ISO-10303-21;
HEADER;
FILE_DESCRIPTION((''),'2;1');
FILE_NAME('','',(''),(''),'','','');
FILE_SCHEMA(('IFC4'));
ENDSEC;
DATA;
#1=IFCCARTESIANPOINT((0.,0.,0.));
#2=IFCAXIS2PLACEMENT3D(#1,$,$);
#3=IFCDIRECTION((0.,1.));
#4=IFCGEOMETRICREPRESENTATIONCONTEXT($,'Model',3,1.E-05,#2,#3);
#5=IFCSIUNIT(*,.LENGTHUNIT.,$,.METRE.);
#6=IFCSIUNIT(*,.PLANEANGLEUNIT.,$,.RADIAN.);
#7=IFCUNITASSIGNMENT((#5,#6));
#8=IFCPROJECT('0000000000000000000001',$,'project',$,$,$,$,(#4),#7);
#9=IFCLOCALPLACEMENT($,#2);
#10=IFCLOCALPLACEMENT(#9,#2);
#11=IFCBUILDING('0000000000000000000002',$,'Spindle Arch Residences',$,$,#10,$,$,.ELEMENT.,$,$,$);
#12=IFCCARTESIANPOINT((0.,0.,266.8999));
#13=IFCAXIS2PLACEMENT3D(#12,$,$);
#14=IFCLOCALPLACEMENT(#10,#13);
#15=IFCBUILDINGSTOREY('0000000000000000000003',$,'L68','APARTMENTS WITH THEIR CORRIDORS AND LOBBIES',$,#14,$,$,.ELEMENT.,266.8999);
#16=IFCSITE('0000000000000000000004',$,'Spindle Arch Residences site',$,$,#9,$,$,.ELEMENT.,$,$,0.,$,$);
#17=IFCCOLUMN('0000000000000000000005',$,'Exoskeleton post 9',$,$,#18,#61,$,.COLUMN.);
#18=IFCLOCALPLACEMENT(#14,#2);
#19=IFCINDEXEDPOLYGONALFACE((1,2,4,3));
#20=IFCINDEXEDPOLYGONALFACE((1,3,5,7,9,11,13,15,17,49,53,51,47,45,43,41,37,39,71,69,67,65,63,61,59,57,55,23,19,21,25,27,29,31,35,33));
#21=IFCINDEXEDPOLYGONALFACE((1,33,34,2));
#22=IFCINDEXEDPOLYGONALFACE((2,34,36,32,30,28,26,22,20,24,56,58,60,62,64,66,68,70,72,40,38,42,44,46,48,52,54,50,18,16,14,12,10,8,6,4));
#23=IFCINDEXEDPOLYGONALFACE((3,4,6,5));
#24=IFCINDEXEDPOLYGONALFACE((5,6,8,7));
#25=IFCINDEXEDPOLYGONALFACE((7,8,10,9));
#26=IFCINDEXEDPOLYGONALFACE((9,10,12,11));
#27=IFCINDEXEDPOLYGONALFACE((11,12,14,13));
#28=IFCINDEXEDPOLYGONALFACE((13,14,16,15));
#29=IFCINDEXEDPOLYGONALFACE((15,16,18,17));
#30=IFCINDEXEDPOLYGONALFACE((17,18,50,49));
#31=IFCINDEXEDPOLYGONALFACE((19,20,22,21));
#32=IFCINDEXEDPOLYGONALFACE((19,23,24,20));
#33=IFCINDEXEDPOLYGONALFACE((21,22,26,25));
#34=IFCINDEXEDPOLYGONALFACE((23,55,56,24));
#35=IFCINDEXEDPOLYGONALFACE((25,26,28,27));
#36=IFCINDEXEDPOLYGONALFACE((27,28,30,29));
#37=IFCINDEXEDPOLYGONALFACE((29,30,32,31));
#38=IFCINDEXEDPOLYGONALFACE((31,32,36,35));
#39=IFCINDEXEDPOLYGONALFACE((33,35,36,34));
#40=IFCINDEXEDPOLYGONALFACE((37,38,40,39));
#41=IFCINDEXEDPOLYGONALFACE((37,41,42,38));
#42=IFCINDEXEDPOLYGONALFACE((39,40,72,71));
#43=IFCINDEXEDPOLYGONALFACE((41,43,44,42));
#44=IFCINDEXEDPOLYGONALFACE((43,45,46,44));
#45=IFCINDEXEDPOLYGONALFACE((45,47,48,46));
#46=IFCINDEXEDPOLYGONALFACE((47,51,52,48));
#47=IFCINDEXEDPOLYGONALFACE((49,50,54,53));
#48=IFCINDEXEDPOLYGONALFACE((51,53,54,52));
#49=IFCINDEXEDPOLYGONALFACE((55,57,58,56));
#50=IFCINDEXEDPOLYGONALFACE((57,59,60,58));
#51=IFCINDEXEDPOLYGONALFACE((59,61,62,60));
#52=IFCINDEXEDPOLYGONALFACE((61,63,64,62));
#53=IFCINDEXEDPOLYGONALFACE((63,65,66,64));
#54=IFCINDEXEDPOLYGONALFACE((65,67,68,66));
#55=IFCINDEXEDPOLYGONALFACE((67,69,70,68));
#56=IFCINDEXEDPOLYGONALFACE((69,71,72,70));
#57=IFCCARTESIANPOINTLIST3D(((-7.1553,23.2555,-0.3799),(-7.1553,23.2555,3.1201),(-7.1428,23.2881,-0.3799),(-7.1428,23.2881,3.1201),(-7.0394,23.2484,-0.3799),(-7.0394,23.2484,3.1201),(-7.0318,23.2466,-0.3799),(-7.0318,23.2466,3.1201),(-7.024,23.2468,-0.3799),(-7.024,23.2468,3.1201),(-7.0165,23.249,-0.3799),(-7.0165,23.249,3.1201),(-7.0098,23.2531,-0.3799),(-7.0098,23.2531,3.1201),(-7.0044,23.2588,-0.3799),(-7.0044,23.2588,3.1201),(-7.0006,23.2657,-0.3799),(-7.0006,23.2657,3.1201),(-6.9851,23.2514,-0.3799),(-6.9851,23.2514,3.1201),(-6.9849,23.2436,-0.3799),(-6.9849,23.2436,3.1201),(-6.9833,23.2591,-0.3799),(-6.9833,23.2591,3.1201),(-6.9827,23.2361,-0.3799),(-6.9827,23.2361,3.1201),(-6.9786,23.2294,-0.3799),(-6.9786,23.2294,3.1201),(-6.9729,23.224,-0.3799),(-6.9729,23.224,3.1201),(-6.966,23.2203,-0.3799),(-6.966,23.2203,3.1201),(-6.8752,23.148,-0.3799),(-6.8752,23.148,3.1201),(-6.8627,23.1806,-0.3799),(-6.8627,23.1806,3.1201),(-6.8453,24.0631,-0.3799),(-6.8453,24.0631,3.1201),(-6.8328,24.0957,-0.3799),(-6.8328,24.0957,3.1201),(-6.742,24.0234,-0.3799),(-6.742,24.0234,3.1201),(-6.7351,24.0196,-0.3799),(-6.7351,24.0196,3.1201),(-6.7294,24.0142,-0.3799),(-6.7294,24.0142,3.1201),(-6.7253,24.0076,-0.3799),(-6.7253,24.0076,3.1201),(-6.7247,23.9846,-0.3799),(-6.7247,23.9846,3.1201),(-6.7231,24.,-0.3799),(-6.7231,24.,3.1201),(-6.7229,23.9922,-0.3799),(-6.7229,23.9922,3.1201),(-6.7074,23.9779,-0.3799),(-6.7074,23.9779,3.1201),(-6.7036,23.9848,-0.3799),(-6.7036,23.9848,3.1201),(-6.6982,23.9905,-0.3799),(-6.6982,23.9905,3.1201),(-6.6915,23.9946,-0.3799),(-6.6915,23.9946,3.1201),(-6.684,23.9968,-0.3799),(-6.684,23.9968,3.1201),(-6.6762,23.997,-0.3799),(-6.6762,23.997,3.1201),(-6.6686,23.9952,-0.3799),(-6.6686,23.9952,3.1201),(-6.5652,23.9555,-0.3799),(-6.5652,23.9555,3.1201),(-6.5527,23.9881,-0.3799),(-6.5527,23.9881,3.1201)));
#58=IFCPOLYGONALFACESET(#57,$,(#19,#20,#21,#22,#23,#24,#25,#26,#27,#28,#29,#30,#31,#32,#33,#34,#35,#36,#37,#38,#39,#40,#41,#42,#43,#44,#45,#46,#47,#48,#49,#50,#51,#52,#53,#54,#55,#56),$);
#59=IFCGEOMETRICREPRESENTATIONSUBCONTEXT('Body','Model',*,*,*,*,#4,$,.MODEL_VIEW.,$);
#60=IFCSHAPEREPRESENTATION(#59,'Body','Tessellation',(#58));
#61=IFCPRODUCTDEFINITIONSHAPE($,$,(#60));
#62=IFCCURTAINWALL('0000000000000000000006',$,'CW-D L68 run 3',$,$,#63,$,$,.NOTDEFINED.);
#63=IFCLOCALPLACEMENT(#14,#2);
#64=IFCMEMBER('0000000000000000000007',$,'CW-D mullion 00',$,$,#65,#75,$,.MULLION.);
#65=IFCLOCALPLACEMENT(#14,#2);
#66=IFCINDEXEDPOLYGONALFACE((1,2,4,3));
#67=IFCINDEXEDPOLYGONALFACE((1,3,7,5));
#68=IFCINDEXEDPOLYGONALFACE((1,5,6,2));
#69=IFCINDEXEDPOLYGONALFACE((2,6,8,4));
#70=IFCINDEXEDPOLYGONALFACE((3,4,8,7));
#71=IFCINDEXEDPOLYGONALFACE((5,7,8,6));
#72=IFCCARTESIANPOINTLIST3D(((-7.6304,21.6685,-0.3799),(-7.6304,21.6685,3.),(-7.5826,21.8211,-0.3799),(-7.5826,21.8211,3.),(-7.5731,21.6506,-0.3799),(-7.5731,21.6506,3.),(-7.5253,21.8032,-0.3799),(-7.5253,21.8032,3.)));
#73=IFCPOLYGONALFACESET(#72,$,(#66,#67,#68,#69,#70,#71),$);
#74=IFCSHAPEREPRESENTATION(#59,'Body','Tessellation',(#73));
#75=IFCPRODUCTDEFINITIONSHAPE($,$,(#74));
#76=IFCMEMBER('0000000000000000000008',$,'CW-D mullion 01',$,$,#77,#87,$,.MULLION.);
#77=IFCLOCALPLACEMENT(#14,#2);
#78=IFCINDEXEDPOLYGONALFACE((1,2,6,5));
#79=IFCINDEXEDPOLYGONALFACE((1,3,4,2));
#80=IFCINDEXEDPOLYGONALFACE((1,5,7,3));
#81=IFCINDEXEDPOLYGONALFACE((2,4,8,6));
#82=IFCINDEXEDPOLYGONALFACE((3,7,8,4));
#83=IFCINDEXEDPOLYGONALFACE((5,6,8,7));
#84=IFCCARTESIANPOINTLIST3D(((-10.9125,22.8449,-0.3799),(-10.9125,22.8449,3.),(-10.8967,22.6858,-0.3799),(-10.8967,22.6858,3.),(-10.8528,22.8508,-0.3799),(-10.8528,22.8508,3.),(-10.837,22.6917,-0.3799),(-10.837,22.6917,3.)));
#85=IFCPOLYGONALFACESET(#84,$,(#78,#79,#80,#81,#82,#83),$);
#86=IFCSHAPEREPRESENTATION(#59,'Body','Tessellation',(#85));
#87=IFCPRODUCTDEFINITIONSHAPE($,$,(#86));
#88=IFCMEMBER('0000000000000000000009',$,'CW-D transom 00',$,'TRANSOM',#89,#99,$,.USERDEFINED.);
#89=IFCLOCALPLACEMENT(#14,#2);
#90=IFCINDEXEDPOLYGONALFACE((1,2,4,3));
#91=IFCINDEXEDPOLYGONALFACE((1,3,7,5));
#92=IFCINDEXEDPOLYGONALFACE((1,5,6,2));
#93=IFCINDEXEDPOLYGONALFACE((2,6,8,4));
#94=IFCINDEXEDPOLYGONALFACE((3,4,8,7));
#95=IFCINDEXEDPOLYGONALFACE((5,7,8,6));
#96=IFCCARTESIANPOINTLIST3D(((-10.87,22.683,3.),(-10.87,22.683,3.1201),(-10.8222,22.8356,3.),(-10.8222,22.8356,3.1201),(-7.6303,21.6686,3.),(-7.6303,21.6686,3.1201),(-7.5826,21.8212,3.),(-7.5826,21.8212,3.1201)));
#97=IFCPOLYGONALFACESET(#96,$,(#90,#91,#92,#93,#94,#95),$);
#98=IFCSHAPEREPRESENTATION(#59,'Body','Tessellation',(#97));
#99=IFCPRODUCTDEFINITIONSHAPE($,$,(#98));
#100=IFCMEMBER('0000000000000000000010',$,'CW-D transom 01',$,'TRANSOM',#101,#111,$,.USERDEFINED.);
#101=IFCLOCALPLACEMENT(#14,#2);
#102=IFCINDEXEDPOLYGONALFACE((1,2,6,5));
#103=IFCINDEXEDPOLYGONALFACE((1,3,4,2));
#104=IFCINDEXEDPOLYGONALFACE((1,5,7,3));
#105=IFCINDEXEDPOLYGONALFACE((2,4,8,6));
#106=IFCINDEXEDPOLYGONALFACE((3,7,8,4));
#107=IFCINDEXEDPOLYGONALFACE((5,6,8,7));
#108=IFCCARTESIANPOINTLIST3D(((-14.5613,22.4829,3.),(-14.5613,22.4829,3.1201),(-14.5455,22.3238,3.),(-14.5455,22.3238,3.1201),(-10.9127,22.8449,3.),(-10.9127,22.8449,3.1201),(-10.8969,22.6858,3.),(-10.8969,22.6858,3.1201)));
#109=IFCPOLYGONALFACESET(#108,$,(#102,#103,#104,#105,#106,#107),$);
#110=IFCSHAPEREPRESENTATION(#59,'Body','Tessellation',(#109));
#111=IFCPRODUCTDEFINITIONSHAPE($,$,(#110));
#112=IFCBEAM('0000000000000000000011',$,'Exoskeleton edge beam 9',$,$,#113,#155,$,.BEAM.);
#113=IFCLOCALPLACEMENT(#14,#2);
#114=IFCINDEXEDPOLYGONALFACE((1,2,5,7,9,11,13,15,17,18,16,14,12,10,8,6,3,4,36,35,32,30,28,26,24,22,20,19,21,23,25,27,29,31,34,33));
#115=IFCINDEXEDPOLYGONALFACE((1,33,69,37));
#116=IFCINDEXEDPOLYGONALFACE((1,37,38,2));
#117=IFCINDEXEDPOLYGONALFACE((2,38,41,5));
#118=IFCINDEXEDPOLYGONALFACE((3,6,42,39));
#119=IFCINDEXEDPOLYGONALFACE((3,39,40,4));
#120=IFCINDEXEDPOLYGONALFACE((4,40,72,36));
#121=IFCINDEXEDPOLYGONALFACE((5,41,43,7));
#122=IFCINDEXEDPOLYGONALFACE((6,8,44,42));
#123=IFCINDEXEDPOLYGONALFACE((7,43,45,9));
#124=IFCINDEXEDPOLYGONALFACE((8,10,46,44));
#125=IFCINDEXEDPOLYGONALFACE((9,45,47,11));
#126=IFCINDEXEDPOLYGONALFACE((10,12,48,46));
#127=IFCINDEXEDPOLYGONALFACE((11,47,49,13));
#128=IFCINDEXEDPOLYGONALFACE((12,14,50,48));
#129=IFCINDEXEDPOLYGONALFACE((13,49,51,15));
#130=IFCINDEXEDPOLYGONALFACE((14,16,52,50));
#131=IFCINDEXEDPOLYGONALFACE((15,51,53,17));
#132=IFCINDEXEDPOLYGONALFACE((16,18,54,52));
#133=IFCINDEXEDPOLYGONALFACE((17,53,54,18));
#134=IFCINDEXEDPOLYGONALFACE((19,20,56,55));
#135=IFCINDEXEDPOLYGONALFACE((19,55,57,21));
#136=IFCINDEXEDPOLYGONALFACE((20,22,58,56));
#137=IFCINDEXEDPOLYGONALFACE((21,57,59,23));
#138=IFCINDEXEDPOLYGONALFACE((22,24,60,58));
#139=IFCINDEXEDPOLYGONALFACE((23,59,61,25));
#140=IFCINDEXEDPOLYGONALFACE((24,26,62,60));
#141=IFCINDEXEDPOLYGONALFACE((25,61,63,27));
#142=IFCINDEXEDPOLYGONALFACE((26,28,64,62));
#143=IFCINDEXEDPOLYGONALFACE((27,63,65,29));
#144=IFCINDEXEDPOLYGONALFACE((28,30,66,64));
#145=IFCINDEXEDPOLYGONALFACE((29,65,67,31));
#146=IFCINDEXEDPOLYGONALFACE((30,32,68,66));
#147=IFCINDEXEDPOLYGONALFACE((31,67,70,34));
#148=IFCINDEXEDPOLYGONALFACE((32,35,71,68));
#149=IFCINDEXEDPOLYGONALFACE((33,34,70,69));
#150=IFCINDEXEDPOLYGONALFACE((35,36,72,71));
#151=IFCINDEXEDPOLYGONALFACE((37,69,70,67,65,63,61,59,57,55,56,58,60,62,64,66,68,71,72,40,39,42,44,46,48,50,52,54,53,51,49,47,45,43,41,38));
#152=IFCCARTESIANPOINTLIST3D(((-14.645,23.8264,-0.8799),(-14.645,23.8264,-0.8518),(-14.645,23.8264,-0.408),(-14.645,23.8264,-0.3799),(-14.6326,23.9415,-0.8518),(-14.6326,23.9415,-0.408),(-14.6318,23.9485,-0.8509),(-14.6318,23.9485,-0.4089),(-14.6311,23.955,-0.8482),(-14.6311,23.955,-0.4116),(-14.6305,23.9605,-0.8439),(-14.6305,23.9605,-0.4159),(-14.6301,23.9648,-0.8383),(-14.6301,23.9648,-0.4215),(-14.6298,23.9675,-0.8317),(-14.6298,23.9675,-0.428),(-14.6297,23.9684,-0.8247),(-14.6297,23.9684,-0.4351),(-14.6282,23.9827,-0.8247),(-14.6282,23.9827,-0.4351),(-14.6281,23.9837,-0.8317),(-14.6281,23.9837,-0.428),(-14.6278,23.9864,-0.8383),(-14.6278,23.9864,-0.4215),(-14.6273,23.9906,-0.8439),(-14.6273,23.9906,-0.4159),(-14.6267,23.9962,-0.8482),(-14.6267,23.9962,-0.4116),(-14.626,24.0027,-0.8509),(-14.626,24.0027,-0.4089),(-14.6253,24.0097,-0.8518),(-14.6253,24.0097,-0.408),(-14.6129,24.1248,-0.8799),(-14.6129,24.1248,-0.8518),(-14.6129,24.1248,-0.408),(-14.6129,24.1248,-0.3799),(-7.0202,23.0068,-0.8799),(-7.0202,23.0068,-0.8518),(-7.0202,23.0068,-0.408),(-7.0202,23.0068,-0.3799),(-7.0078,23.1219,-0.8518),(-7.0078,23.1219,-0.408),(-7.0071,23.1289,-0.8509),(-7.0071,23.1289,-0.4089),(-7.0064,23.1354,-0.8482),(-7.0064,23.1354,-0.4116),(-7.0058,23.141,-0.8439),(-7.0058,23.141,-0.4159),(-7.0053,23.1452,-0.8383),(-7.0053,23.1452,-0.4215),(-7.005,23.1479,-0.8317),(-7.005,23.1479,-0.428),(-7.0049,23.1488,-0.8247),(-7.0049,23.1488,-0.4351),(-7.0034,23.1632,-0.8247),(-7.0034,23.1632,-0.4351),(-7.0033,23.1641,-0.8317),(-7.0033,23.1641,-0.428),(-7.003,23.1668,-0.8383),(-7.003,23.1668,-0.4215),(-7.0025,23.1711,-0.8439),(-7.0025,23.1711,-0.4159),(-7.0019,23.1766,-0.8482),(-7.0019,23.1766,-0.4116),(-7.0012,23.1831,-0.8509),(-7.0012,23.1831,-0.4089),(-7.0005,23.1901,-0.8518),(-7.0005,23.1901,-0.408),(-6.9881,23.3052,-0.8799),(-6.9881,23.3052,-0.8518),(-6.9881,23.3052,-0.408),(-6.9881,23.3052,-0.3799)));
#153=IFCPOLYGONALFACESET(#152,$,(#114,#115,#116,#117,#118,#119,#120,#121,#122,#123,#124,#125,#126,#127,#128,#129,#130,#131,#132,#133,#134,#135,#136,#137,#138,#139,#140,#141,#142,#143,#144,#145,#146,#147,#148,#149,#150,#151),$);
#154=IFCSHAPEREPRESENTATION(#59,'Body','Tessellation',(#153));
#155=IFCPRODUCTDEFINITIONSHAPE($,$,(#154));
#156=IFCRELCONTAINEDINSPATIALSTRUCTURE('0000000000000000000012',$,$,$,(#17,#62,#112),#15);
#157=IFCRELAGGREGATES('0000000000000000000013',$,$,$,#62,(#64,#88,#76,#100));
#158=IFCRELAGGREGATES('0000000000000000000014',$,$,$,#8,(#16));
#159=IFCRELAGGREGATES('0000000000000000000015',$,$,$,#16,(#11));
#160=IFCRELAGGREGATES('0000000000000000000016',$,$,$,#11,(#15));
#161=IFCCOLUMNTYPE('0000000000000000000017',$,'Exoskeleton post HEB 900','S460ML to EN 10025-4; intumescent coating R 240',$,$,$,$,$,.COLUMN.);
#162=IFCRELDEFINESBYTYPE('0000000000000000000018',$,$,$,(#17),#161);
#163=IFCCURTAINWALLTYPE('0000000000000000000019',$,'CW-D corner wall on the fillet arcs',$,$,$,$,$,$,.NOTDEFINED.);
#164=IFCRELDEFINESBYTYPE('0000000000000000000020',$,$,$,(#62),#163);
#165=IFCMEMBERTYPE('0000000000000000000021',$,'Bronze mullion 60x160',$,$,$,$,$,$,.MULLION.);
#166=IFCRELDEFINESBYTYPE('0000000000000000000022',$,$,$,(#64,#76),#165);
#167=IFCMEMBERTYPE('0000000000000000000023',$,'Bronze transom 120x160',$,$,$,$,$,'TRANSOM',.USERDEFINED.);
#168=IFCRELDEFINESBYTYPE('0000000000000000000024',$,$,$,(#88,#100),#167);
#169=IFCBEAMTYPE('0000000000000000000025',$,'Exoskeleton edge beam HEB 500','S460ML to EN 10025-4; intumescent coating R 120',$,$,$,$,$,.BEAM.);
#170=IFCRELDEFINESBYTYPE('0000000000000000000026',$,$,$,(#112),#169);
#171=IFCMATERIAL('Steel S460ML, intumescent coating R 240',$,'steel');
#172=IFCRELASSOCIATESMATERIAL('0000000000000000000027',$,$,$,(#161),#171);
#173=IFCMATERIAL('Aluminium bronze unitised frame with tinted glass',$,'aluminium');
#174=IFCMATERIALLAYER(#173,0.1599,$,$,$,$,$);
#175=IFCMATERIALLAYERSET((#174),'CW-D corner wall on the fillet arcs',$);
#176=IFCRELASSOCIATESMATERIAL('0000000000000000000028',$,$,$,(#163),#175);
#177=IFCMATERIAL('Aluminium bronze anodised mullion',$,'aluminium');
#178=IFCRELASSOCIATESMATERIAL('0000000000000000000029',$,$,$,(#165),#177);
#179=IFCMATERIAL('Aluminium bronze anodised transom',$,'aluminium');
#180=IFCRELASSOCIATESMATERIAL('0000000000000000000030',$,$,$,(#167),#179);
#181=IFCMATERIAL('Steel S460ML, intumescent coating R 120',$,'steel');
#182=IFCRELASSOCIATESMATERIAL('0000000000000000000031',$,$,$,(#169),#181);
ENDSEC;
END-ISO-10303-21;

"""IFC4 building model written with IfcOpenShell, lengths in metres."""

from ifc_helpers import new_model, si_unit, direction, frame, origin, origin_2d, place, context, subcontext, project, spatial, rectangle, i_section, extrude, material, layer, layer_set, material_profile, profile_set, type_object, element, aggregate, save


model = new_model("IFC4")

# Units and contexts
model_context = context("Model", 3, precision=1e-05, world=origin(), true_north=direction((0.0, 1.0)))
body_context = subcontext(model_context, "Body", "Model", "MODEL_VIEW")
ifc_project = project(units=[si_unit("LENGTHUNIT", "METRE"), si_unit("PLANEANGLEUNIT", "RADIAN")], contexts=[model_context])

# Site, building, storey
site_placement = place(None, origin())
site = spatial("IfcSite", under=ifc_project, at=site_placement, Name="Spindle Arch Residences site", CompositionType="ELEMENT", RefElevation=0.0)
building_placement = place(site_placement, origin())
building = spatial("IfcBuilding", under=site, at=building_placement, Name="Spindle Arch Residences", CompositionType="ELEMENT")
storey_placement = place(building_placement, frame((0.0, 0.0, 266.8999)))
storey = spatial("IfcBuildingStorey", under=building, at=storey_placement, Name="L68", Description="APARTMENTS WITH THEIR CORRIDORS AND LOBBIES", CompositionType="ELEMENT", Elevation=266.8999)

# Column
ifc_material_1 = material(Name="Steel S460ML, intumescent coating R 240", Category="steel")
ifc_material_profile_1 = material_profile(ifc_material_1, i_section(OverallWidth=0.3, OverallDepth=0.8999, WebThickness=0.0186, FlangeThickness=0.0349, FilletRadius=0.03, at=origin_2d()), Name="HEB 900")
ifc_profile_set_1 = profile_set([ifc_material_profile_1], Name="Steel S460ML, intumescent coating R 240")
column_type = type_object("IfcColumnType", Name="Exoskeleton post HEB 900", Description="S460ML to EN 10025-4; intumescent coating R 240", PredefinedType="COLUMN", material=ifc_profile_set_1)
column_placement = place(storey_placement, frame((-6.854, 23.6218, -0.3799), z_axis=(0.0, 0.0, 1.0), x_axis=(0.93358, -0.358368, 0.0)))
element("IfcColumn", 1, at=column_placement, inside=storey, type_object=column_type, Name="Exoskeleton post 9", PredefinedType="COLUMN", context=body_context, shape_type="SweptSolid", body=[
    extrude(i_section(OverallWidth=0.3, OverallDepth=0.8999, WebThickness=0.0186, FlangeThickness=0.0349, FilletRadius=0.03, at=origin_2d()), origin(), (0.0, 0.0, 1.0), 3.5),
])

# Curtain wall, members
ifc_material_2 = material(Name="Aluminium bronze unitised frame with tinted glass", Category="aluminium")
ifc_layer_1 = layer(ifc_material_2, 0.1599)
ifc_layer_set_1 = layer_set([ifc_layer_1], Name="CW-D corner wall on the fillet arcs")
curtain_wall_type_1 = type_object("IfcCurtainWallType", Name="CW-D corner wall on the fillet arcs", PredefinedType="NOTDEFINED", material=ifc_layer_set_1)
curtain_wall_1_placement = place(storey_placement, origin())
curtain_wall_1 = element("IfcCurtainWall", 2, at=curtain_wall_1_placement, inside=storey, type_object=curtain_wall_type_1, Name="CW-D L68 run 3", PredefinedType="NOTDEFINED")
ifc_material_3 = material(Name="Aluminium bronze anodised mullion", Category="aluminium")
ifc_material_profile_2 = material_profile(ifc_material_3, rectangle(XDim=0.1599, YDim=0.0601, at=origin_2d()), Name="MU 60x160")
ifc_profile_set_2 = profile_set([ifc_material_profile_2], Name="Aluminium bronze anodised mullion")
member_type_1 = type_object("IfcMemberType", Name="Bronze mullion 60x160", PredefinedType="MULLION", material=ifc_profile_set_2)
member_1_placement = place(storey_placement, frame((-7.5779, 21.7358, -0.3799), z_axis=(0.0, 0.0, 1.0), x_axis=(-0.298803, -0.954315, 0.0)))
member_1 = element("IfcMember", 3, at=member_1_placement, type_object=member_type_1, Name="CW-D mullion 00", PredefinedType="MULLION", context=body_context, shape_type="SweptSolid", body=[
    extrude(rectangle(XDim=0.1599, YDim=0.0601, at=origin_2d()), origin(), (0.0, 0.0, 1.0), 3.3799),
])
member_2_placement = place(storey_placement, frame((-10.8748, 22.7683, -0.3799), z_axis=(0.0, 0.0, 1.0), x_axis=(0.098741, -0.995113, 0.0)))
member_2 = element("IfcMember", 4, at=member_2_placement, type_object=member_type_1, Name="CW-D mullion 01", PredefinedType="MULLION", context=body_context, shape_type="SweptSolid", body=[
    extrude(rectangle(XDim=0.1599, YDim=0.0601, at=origin_2d()), origin(), (0.0, 0.0, 1.0), 3.3799),
])
ifc_material_4 = material(Name="Aluminium bronze anodised transom", Category="aluminium")
ifc_material_profile_3 = material_profile(ifc_material_4, rectangle(XDim=0.1599, YDim=0.1201, at=origin_2d()), Name="TR 120x160")
ifc_profile_set_3 = profile_set([ifc_material_profile_3], Name="Aluminium bronze anodised transom")
member_type_2 = type_object("IfcMemberType", Name="Bronze transom 120x160", ElementType="TRANSOM", PredefinedType="USERDEFINED", material=ifc_profile_set_3)
member_3_placement = place(storey_placement, frame((-7.6064, 21.7449, 3.0601), z_axis=(-0.954313, 0.298807, 0.0), x_axis=(-0.298807, -0.954313, 0.0)))
member_3 = element("IfcMember", 5, at=member_3_placement, type_object=member_type_2, Name="CW-D transom 00", ObjectType="TRANSOM", PredefinedType="USERDEFINED", context=body_context, shape_type="SweptSolid", body=[
    extrude(rectangle(XDim=0.1599, YDim=0.1201, at=origin_2d()), origin(), (0.0, 0.0, 1.0), 3.3948),
])
member_4_placement = place(storey_placement, frame((-10.9048, 22.7654, 3.0601), z_axis=(-0.995113, -0.098746, 0.0), x_axis=(0.098746, -0.995113, 0.0)))
member_4 = element("IfcMember", 6, at=member_4_placement, type_object=member_type_2, Name="CW-D transom 01", ObjectType="TRANSOM", PredefinedType="USERDEFINED", context=body_context, shape_type="SweptSolid", body=[
    extrude(rectangle(XDim=0.1599, YDim=0.1201, at=origin_2d()), origin(), (0.0, 0.0, 1.0), 3.6665),
])

# Beam
ifc_material_5 = material(Name="Steel S460ML, intumescent coating R 120", Category="steel")
ifc_material_profile_4 = material_profile(ifc_material_5, i_section(OverallWidth=0.3, OverallDepth=0.5, WebThickness=0.0144, FlangeThickness=0.0281, FilletRadius=0.0271, at=origin_2d()), Name="HEB 500")
ifc_profile_set_4 = profile_set([ifc_material_profile_4], Name="Steel S460ML, intumescent coating R 120")
beam_type_1 = type_object("IfcBeamType", Name="Exoskeleton edge beam HEB 500", Description="S460ML to EN 10025-4; intumescent coating R 120", PredefinedType="BEAM", material=ifc_profile_set_4)
beam_1_placement = place(storey_placement, frame((-7.0042, 23.156, -0.6299), z_axis=(-0.994273, 0.106874, 0.0), x_axis=(-0.106874, -0.994273, 0.0)))
element("IfcBeam", 7, at=beam_1_placement, inside=storey, type_object=beam_type_1, Name="Exoskeleton edge beam 9", PredefinedType="BEAM", context=body_context, shape_type="SweptSolid", body=[
    extrude(i_section(OverallWidth=0.3, OverallDepth=0.5, WebThickness=0.0144, FlangeThickness=0.0281, FilletRadius=0.0271, at=origin_2d()), origin(), (0.0, 0.0, 1.0), 7.6687),
])

aggregate(curtain_wall_1, [member_1, member_3, member_2, member_4])

save(model, "model.ifc")
